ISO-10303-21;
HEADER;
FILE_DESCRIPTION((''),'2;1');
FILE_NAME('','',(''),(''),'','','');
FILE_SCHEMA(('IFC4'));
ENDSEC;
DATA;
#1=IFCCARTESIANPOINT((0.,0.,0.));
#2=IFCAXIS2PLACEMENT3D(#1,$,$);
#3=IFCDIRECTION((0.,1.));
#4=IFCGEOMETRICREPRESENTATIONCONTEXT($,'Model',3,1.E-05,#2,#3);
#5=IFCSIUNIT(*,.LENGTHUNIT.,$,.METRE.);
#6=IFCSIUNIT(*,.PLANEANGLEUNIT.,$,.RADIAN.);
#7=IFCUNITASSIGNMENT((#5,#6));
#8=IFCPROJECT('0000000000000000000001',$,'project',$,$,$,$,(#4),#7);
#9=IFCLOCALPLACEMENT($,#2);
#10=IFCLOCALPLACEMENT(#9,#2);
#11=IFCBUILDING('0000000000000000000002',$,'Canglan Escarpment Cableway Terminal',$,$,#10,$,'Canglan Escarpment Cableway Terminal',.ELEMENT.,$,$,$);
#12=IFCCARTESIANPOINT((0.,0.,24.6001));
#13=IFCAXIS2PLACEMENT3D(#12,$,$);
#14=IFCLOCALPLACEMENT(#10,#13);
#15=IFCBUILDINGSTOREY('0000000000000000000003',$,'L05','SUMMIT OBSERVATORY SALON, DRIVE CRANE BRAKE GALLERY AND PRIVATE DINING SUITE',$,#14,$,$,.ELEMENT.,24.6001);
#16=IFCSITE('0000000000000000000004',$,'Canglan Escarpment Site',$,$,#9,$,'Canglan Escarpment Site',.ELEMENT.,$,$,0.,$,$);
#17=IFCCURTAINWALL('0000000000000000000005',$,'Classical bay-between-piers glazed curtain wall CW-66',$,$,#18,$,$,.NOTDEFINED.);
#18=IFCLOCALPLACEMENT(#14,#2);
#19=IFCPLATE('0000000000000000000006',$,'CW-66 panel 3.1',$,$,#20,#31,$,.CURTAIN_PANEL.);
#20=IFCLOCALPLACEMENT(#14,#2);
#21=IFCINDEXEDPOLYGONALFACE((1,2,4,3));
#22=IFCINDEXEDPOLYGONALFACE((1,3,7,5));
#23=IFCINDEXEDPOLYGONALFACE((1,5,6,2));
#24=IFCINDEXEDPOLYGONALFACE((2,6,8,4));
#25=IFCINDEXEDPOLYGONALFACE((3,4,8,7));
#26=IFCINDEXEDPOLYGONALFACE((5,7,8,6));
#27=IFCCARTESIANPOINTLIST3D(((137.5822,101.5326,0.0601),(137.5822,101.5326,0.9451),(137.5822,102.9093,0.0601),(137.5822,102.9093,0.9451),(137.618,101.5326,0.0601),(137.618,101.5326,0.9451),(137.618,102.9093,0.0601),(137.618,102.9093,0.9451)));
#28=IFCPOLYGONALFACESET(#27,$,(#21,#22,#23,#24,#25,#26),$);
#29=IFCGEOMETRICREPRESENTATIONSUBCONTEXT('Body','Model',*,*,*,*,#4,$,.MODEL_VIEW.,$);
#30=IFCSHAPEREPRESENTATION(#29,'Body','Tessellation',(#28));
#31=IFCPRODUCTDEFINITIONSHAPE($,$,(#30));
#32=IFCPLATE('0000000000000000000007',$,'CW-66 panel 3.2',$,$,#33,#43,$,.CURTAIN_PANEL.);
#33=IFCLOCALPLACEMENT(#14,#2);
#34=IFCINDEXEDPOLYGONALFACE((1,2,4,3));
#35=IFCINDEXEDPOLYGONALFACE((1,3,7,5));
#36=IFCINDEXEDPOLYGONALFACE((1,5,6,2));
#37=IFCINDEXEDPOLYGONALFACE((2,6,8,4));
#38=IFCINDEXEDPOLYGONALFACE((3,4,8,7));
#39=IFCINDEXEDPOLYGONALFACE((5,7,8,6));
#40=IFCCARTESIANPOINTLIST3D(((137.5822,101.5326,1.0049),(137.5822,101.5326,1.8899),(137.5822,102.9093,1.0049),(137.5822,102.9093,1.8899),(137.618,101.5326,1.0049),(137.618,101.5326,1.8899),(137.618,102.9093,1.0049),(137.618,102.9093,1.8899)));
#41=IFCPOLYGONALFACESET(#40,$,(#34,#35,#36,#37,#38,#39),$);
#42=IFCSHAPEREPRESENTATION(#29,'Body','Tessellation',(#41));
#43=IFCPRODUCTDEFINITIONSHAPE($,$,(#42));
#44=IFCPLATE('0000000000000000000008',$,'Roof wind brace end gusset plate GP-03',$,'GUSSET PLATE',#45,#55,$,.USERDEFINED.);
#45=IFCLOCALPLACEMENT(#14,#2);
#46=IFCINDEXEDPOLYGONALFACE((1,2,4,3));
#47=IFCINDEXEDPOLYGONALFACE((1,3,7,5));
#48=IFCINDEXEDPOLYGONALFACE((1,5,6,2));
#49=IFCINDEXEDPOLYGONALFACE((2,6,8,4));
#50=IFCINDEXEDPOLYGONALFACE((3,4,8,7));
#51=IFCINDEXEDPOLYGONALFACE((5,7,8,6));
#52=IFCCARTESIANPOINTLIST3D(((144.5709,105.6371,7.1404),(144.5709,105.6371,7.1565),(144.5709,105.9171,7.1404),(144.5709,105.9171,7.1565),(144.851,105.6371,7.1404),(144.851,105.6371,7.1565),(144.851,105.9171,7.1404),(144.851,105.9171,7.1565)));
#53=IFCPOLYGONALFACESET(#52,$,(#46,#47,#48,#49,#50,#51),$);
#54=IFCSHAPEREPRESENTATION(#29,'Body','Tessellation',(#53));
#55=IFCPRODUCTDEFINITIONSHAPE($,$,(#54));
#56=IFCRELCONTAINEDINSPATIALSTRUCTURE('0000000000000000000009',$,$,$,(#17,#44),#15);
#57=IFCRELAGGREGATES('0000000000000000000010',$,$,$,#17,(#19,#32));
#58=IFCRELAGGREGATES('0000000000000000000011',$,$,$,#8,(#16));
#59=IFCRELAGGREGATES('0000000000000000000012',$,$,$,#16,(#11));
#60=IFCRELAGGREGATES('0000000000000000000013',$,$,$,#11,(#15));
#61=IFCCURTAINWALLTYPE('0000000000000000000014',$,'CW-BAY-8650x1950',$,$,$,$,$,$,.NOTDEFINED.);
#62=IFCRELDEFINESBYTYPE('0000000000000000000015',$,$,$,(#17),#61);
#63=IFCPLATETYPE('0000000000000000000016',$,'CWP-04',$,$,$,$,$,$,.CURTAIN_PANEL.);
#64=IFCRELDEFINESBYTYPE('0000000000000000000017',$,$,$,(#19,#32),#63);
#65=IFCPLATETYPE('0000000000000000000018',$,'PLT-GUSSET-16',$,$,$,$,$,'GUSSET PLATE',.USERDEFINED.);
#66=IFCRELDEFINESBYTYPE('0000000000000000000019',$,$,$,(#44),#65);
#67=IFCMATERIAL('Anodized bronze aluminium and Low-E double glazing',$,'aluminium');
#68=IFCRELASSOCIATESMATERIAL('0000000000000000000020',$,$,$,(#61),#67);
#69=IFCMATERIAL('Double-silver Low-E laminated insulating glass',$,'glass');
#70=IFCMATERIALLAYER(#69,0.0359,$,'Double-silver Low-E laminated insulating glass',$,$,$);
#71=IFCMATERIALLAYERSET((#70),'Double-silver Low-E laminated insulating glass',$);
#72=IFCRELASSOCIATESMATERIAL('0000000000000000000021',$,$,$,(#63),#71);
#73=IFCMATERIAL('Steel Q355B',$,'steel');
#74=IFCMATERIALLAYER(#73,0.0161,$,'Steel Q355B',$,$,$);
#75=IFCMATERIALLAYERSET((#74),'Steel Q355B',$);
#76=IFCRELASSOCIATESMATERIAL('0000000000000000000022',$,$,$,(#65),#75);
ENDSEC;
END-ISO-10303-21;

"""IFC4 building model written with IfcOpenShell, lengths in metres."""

from ifc_helpers import new_model, si_unit, direction, frame, origin, origin_2d, place, context, subcontext, project, spatial, rectangle, extrude, material, layer, layer_set, type_object, element, aggregate, save


model = new_model("IFC4")

# Units and contexts
model_context = context("Model", 3, precision=1e-05, world=origin(), true_north=direction((0.0, 1.0)))
body_context = subcontext(model_context, "Body", "Model", "MODEL_VIEW")
ifc_project = project(units=[si_unit("LENGTHUNIT", "METRE"), si_unit("PLANEANGLEUNIT", "RADIAN")], contexts=[model_context])

# Site, building, storey
site_placement = place(None, origin())
site = spatial("IfcSite", under=ifc_project, at=site_placement, Name="Canglan Escarpment Site", LongName="Canglan Escarpment Site", CompositionType="ELEMENT", RefElevation=0.0)
building_placement = place(site_placement, origin())
building = spatial("IfcBuilding", under=site, at=building_placement, Name="Canglan Escarpment Cableway Terminal", LongName="Canglan Escarpment Cableway Terminal", CompositionType="ELEMENT")
storey_placement = place(building_placement, frame((0.0, 0.0, 24.6001)))
storey = spatial("IfcBuildingStorey", under=building, at=storey_placement, Name="L05", Description="SUMMIT OBSERVATORY SALON, DRIVE CRANE BRAKE GALLERY AND PRIVATE DINING SUITE", CompositionType="ELEMENT", Elevation=24.6001)

# Shared definitions
ifc_material_1 = material(Name="Steel Q355B", Category="steel")

# Curtain wall
ifc_material_2 = material(Name="Anodized bronze aluminium and Low-E double glazing", Category="aluminium")
curtain_wall_type = type_object("IfcCurtainWallType", Name="CW-BAY-8650x1950", PredefinedType="NOTDEFINED", material=ifc_material_2)
curtain_wall_placement = place(storey_placement, origin())
curtain_wall = element("IfcCurtainWall", 1, at=curtain_wall_placement, inside=storey, type_object=curtain_wall_type, Name="Classical bay-between-piers glazed curtain wall CW-66", PredefinedType="NOTDEFINED")

# Plates
ifc_material_3 = material(Name="Double-silver Low-E laminated insulating glass", Category="glass")
ifc_layer_1 = layer(ifc_material_3, 0.0359, Name="Double-silver Low-E laminated insulating glass")
ifc_layer_set_1 = layer_set([ifc_layer_1], Name="Double-silver Low-E laminated insulating glass")
plate_type_1 = type_object("IfcPlateType", Name="CWP-04", PredefinedType="CURTAIN_PANEL", material=ifc_layer_set_1)
plate_1_placement = place(storey_placement, frame((137.6001, 102.2209, 0.0601), z_axis=(0.0, 0.0, 1.0), x_axis=(0.0, -1.0, 0.0)))
plate_1 = element("IfcPlate", 2, at=plate_1_placement, type_object=plate_type_1, Name="CW-66 panel 3.1", PredefinedType="CURTAIN_PANEL", context=body_context, shape_type="SweptSolid", body=[
    extrude(rectangle(XDim=1.3767, YDim=0.0359, at=origin_2d()), origin(), (0.0, 0.0, 1.0), 0.885),
])
plate_2_placement = place(storey_placement, frame((137.6001, 102.2209, 1.0049), z_axis=(0.0, 0.0, 1.0), x_axis=(0.0, -1.0, 0.0)))
plate_2 = element("IfcPlate", 3, at=plate_2_placement, type_object=plate_type_1, Name="CW-66 panel 3.2", PredefinedType="CURTAIN_PANEL", context=body_context, shape_type="SweptSolid", body=[
    extrude(rectangle(XDim=1.3767, YDim=0.0359, at=origin_2d()), origin(), (0.0, 0.0, 1.0), 0.885),
])
aggregate(curtain_wall, [plate_1, plate_2])
ifc_layer_2 = layer(ifc_material_1, 0.0161, Name="Steel Q355B")
ifc_layer_set_2 = layer_set([ifc_layer_2], Name="Steel Q355B")
plate_type_2 = type_object("IfcPlateType", Name="PLT-GUSSET-16", ElementType="GUSSET PLATE", PredefinedType="USERDEFINED", material=ifc_layer_set_2)
plate_3_placement = place(storey_placement, frame((144.7109, 105.7771, 7.1404), z_axis=(0.0, 0.0, 1.0), x_axis=(1.0, 0.0, 0.0)))
element("IfcPlate", 4, at=plate_3_placement, inside=storey, type_object=plate_type_2, Name="Roof wind brace end gusset plate GP-03", ObjectType="GUSSET PLATE", PredefinedType="USERDEFINED", context=body_context, shape_type="SweptSolid", body=[
    extrude(rectangle(XDim=0.28, YDim=0.28, at=origin_2d()), origin(), (0.0, 0.0, 1.0), 0.0161),
])

save(model, "model.ifc")
